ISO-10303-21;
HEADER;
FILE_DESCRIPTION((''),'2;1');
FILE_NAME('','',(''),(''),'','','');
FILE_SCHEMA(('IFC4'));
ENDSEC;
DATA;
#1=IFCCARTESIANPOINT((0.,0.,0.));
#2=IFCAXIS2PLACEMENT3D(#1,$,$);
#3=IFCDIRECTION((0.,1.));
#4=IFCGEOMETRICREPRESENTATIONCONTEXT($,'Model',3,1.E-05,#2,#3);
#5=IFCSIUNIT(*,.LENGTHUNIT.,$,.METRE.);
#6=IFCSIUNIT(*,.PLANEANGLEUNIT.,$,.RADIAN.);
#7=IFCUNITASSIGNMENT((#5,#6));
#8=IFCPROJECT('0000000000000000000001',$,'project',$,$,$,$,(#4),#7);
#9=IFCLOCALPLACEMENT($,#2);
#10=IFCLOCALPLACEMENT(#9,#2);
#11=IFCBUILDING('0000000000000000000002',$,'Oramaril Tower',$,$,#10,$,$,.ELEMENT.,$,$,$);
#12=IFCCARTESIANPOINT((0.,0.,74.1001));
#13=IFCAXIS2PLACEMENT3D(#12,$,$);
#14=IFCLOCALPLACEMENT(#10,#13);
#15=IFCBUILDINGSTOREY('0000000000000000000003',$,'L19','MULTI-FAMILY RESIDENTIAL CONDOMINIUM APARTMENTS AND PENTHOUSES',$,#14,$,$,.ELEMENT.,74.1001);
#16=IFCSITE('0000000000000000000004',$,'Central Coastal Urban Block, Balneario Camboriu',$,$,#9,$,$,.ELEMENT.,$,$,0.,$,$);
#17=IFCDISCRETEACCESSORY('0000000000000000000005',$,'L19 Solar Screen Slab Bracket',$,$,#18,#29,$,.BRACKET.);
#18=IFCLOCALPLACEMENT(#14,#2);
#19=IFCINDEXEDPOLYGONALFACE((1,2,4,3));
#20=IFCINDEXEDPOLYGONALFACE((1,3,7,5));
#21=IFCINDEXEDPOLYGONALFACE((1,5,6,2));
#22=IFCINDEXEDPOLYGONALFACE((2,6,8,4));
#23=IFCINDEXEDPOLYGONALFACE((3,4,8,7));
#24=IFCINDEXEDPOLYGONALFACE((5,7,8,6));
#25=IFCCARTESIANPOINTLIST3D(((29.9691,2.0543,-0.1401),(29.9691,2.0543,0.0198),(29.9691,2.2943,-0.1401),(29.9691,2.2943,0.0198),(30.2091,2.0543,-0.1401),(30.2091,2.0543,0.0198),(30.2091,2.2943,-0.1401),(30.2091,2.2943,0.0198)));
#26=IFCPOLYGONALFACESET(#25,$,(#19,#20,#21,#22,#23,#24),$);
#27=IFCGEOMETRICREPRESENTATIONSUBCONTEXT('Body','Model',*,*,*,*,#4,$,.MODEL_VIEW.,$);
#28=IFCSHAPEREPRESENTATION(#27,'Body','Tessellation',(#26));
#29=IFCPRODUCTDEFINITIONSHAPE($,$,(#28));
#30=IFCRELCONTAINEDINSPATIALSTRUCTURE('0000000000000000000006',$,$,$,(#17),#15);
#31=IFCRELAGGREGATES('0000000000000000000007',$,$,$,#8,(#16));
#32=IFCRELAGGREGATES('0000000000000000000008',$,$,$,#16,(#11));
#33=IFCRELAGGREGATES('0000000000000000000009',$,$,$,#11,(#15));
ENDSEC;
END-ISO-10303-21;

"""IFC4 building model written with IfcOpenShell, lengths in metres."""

from ifc_helpers import new_model, si_unit, direction, frame, origin, origin_2d, place, context, subcontext, project, spatial, rectangle, extrude, element, save


model = new_model("IFC4")

# Units and contexts
model_context = context("Model", 3, precision=1e-05, world=origin(), true_north=direction((0.0, 1.0)))
body_context = subcontext(model_context, "Body", "Model", "MODEL_VIEW")
ifc_project = project(units=[si_unit("LENGTHUNIT", "METRE"), si_unit("PLANEANGLEUNIT", "RADIAN")], contexts=[model_context])

# Site, building, storey
site_placement = place(None, origin())
site = spatial("IfcSite", under=ifc_project, at=site_placement, Name="Central Coastal Urban Block, Balneario Camboriu", CompositionType="ELEMENT", RefElevation=0.0)
building_placement = place(site_placement, origin())
building = spatial("IfcBuilding", under=site, at=building_placement, Name="Oramaril Tower", CompositionType="ELEMENT")
storey_placement = place(building_placement, frame((0.0, 0.0, 74.1001)))
storey = spatial("IfcBuildingStorey", under=building, at=storey_placement, Name="L19", Description="MULTI-FAMILY RESIDENTIAL CONDOMINIUM APARTMENTS AND PENTHOUSES", CompositionType="ELEMENT", Elevation=74.1001)

# Discrete accessory
discrete_accessory_placement = place(storey_placement, frame((30.0891, 2.1743, -0.1401), z_axis=(0.0, 0.0, 1.0), x_axis=(1.0, 0.0, 0.0)))
element("IfcDiscreteAccessory", 1, at=discrete_accessory_placement, inside=storey, Name="L19 Solar Screen Slab Bracket", PredefinedType="BRACKET", context=body_context, shape_type="SweptSolid", body=[
    extrude(rectangle(XDim=0.24, YDim=0.24, at=origin_2d()), origin(), (0.0, 0.0, 1.0), 0.1599),
])

save(model, "model.ifc")
